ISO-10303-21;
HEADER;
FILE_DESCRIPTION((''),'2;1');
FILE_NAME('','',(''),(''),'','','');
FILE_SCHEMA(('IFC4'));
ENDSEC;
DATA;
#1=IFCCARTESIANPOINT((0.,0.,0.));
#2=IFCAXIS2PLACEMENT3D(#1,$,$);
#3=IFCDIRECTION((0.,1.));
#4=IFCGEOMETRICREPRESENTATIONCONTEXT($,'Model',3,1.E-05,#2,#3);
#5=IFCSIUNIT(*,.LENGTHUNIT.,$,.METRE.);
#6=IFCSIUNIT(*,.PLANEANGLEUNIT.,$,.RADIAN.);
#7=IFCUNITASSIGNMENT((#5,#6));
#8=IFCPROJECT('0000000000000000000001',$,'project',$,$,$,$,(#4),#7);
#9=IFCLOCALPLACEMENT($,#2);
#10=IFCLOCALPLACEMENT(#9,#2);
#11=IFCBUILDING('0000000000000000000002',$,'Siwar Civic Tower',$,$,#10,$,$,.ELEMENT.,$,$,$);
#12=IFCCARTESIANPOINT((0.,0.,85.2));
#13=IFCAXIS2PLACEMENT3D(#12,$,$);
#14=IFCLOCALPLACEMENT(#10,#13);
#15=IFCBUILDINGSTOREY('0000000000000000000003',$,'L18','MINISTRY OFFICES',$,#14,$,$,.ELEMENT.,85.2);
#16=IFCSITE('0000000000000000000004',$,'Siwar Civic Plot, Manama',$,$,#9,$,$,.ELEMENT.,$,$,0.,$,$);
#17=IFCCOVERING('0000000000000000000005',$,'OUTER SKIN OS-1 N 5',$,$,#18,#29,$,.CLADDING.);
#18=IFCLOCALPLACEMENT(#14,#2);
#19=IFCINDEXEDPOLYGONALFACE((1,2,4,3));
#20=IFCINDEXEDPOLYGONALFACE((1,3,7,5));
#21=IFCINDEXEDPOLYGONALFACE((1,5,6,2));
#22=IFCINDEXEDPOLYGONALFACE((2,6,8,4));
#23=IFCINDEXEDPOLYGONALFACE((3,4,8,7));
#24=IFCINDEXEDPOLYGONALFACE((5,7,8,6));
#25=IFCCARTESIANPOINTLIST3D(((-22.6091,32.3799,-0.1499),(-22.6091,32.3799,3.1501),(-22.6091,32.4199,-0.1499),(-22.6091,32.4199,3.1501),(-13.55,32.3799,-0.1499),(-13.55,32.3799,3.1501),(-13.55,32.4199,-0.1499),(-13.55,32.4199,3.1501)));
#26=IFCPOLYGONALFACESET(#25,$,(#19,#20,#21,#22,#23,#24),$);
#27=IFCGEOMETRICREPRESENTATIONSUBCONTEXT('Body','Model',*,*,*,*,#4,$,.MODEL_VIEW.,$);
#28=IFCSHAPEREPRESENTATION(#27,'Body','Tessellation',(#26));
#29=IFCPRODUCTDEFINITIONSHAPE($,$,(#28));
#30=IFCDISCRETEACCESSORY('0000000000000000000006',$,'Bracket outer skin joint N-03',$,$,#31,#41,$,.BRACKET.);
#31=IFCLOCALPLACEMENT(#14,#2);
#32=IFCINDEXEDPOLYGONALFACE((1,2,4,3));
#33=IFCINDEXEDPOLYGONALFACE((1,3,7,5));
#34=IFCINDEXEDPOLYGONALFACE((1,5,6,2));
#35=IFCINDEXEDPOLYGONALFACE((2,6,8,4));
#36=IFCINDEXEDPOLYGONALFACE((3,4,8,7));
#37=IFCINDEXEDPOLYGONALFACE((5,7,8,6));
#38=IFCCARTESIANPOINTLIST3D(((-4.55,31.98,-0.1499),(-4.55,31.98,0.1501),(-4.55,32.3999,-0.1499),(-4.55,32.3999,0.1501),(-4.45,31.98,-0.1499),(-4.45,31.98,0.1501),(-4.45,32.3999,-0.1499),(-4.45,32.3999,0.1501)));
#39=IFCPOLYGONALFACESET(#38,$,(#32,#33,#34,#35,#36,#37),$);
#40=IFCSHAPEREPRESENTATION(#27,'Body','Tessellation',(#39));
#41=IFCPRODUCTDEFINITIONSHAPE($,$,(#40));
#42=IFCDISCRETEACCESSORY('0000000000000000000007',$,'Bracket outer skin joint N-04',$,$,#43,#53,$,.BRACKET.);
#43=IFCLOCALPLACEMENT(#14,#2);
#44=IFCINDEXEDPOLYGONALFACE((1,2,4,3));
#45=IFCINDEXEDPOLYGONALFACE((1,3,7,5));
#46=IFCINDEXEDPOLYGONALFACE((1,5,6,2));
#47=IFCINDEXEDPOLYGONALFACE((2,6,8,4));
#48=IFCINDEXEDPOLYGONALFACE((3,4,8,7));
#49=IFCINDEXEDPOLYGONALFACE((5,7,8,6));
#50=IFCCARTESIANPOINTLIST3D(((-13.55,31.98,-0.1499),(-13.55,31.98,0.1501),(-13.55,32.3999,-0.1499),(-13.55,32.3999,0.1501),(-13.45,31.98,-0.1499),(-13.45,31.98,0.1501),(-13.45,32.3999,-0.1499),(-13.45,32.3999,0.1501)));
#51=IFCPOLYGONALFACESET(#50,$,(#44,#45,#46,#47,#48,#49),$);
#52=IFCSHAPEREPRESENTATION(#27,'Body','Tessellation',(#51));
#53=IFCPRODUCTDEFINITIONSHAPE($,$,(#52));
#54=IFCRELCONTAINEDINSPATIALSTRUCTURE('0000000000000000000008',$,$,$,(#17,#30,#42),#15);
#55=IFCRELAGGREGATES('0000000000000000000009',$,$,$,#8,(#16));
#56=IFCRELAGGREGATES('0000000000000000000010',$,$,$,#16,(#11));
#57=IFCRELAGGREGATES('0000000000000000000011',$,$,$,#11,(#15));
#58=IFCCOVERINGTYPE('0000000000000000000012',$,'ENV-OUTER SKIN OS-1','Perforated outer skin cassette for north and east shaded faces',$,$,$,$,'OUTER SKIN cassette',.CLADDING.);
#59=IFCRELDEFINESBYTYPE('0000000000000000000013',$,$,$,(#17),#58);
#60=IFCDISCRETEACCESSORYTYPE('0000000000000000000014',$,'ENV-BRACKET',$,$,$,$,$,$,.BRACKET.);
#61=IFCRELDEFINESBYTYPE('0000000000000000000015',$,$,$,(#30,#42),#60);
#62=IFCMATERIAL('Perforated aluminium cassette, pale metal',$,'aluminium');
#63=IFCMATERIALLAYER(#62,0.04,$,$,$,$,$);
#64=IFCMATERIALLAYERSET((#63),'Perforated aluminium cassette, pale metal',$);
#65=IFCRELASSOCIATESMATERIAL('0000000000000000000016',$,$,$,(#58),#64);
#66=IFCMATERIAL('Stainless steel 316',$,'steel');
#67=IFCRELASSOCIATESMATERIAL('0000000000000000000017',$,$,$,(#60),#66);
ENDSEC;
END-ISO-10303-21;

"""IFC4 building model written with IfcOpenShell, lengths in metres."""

from ifc_helpers import new_model, si_unit, direction, frame, origin, origin_2d, place, context, subcontext, project, spatial, rectangle, extrude, material, layer, layer_set, type_object, element, save


model = new_model("IFC4")

# Units and contexts
model_context = context("Model", 3, precision=1e-05, world=origin(), true_north=direction((0.0, 1.0)))
body_context = subcontext(model_context, "Body", "Model", "MODEL_VIEW")
ifc_project = project(units=[si_unit("LENGTHUNIT", "METRE"), si_unit("PLANEANGLEUNIT", "RADIAN")], contexts=[model_context])

# Site, building, storey
site_placement = place(None, origin())
site = spatial("IfcSite", under=ifc_project, at=site_placement, Name="Siwar Civic Plot, Manama", CompositionType="ELEMENT", RefElevation=0.0)
building_placement = place(site_placement, origin())
building = spatial("IfcBuilding", under=site, at=building_placement, Name="Siwar Civic Tower", CompositionType="ELEMENT")
storey_placement = place(building_placement, frame((0.0, 0.0, 85.2)))
storey = spatial("IfcBuildingStorey", under=building, at=storey_placement, Name="L18", Description="MINISTRY OFFICES", CompositionType="ELEMENT", Elevation=85.2)

# Covering
ifc_material_1 = material(Name="Perforated aluminium cassette, pale metal", Category="aluminium")
ifc_layer_1 = layer(ifc_material_1, 0.04)
ifc_layer_set_1 = layer_set([ifc_layer_1], Name="Perforated aluminium cassette, pale metal")
covering_type = type_object("IfcCoveringType", Name="ENV-OUTER SKIN OS-1", Description="Perforated outer skin cassette for north and east shaded faces", ElementType="OUTER SKIN cassette", PredefinedType="CLADDING", material=ifc_layer_set_1)
covering_1_placement = place(storey_placement, frame((-18.0796, 32.3999, -0.1499), z_axis=(0.0, 0.0, 1.0), x_axis=(-1.0, 0.0, 0.0)))
element("IfcCovering", 1, at=covering_1_placement, inside=storey, type_object=covering_type, Name="OUTER SKIN OS-1 N 5", PredefinedType="CLADDING", context=body_context, shape_type="SweptSolid", body=[
    extrude(rectangle(XDim=9.0591, YDim=0.04, at=origin_2d()), origin(), (0.0, 0.0, 1.0), 3.3),
])

# Discrete accessories
ifc_material_2 = material(Name="Stainless steel 316", Category="steel")
discrete_accessory_type = type_object("IfcDiscreteAccessoryType", Name="ENV-BRACKET", PredefinedType="BRACKET", material=ifc_material_2)
for number, where, z_axis, x_axis, name in (
    (2, (-4.5, 32.1899, -0.1499), (0.0, 0.0, 1.0), (0.0, 1.0, 0.0), "Bracket outer skin joint N-03"),
    (3, (-13.5, 32.1899, -0.1499), (0.0, 0.0, 1.0), (0.0, 1.0, 0.0), "Bracket outer skin joint N-04"),
):
    element("IfcDiscreteAccessory", number, at=place(storey_placement, frame(where, z_axis=z_axis, x_axis=x_axis)), inside=storey, type_object=discrete_accessory_type, Name=name, PredefinedType="BRACKET", context=body_context, shape_type="SweptSolid", body=[
        extrude(rectangle(XDim=0.4199, YDim=0.1001, at=origin_2d()), origin(), (0.0, 0.0, 1.0), 0.3),
    ])

save(model, "model.ifc")
